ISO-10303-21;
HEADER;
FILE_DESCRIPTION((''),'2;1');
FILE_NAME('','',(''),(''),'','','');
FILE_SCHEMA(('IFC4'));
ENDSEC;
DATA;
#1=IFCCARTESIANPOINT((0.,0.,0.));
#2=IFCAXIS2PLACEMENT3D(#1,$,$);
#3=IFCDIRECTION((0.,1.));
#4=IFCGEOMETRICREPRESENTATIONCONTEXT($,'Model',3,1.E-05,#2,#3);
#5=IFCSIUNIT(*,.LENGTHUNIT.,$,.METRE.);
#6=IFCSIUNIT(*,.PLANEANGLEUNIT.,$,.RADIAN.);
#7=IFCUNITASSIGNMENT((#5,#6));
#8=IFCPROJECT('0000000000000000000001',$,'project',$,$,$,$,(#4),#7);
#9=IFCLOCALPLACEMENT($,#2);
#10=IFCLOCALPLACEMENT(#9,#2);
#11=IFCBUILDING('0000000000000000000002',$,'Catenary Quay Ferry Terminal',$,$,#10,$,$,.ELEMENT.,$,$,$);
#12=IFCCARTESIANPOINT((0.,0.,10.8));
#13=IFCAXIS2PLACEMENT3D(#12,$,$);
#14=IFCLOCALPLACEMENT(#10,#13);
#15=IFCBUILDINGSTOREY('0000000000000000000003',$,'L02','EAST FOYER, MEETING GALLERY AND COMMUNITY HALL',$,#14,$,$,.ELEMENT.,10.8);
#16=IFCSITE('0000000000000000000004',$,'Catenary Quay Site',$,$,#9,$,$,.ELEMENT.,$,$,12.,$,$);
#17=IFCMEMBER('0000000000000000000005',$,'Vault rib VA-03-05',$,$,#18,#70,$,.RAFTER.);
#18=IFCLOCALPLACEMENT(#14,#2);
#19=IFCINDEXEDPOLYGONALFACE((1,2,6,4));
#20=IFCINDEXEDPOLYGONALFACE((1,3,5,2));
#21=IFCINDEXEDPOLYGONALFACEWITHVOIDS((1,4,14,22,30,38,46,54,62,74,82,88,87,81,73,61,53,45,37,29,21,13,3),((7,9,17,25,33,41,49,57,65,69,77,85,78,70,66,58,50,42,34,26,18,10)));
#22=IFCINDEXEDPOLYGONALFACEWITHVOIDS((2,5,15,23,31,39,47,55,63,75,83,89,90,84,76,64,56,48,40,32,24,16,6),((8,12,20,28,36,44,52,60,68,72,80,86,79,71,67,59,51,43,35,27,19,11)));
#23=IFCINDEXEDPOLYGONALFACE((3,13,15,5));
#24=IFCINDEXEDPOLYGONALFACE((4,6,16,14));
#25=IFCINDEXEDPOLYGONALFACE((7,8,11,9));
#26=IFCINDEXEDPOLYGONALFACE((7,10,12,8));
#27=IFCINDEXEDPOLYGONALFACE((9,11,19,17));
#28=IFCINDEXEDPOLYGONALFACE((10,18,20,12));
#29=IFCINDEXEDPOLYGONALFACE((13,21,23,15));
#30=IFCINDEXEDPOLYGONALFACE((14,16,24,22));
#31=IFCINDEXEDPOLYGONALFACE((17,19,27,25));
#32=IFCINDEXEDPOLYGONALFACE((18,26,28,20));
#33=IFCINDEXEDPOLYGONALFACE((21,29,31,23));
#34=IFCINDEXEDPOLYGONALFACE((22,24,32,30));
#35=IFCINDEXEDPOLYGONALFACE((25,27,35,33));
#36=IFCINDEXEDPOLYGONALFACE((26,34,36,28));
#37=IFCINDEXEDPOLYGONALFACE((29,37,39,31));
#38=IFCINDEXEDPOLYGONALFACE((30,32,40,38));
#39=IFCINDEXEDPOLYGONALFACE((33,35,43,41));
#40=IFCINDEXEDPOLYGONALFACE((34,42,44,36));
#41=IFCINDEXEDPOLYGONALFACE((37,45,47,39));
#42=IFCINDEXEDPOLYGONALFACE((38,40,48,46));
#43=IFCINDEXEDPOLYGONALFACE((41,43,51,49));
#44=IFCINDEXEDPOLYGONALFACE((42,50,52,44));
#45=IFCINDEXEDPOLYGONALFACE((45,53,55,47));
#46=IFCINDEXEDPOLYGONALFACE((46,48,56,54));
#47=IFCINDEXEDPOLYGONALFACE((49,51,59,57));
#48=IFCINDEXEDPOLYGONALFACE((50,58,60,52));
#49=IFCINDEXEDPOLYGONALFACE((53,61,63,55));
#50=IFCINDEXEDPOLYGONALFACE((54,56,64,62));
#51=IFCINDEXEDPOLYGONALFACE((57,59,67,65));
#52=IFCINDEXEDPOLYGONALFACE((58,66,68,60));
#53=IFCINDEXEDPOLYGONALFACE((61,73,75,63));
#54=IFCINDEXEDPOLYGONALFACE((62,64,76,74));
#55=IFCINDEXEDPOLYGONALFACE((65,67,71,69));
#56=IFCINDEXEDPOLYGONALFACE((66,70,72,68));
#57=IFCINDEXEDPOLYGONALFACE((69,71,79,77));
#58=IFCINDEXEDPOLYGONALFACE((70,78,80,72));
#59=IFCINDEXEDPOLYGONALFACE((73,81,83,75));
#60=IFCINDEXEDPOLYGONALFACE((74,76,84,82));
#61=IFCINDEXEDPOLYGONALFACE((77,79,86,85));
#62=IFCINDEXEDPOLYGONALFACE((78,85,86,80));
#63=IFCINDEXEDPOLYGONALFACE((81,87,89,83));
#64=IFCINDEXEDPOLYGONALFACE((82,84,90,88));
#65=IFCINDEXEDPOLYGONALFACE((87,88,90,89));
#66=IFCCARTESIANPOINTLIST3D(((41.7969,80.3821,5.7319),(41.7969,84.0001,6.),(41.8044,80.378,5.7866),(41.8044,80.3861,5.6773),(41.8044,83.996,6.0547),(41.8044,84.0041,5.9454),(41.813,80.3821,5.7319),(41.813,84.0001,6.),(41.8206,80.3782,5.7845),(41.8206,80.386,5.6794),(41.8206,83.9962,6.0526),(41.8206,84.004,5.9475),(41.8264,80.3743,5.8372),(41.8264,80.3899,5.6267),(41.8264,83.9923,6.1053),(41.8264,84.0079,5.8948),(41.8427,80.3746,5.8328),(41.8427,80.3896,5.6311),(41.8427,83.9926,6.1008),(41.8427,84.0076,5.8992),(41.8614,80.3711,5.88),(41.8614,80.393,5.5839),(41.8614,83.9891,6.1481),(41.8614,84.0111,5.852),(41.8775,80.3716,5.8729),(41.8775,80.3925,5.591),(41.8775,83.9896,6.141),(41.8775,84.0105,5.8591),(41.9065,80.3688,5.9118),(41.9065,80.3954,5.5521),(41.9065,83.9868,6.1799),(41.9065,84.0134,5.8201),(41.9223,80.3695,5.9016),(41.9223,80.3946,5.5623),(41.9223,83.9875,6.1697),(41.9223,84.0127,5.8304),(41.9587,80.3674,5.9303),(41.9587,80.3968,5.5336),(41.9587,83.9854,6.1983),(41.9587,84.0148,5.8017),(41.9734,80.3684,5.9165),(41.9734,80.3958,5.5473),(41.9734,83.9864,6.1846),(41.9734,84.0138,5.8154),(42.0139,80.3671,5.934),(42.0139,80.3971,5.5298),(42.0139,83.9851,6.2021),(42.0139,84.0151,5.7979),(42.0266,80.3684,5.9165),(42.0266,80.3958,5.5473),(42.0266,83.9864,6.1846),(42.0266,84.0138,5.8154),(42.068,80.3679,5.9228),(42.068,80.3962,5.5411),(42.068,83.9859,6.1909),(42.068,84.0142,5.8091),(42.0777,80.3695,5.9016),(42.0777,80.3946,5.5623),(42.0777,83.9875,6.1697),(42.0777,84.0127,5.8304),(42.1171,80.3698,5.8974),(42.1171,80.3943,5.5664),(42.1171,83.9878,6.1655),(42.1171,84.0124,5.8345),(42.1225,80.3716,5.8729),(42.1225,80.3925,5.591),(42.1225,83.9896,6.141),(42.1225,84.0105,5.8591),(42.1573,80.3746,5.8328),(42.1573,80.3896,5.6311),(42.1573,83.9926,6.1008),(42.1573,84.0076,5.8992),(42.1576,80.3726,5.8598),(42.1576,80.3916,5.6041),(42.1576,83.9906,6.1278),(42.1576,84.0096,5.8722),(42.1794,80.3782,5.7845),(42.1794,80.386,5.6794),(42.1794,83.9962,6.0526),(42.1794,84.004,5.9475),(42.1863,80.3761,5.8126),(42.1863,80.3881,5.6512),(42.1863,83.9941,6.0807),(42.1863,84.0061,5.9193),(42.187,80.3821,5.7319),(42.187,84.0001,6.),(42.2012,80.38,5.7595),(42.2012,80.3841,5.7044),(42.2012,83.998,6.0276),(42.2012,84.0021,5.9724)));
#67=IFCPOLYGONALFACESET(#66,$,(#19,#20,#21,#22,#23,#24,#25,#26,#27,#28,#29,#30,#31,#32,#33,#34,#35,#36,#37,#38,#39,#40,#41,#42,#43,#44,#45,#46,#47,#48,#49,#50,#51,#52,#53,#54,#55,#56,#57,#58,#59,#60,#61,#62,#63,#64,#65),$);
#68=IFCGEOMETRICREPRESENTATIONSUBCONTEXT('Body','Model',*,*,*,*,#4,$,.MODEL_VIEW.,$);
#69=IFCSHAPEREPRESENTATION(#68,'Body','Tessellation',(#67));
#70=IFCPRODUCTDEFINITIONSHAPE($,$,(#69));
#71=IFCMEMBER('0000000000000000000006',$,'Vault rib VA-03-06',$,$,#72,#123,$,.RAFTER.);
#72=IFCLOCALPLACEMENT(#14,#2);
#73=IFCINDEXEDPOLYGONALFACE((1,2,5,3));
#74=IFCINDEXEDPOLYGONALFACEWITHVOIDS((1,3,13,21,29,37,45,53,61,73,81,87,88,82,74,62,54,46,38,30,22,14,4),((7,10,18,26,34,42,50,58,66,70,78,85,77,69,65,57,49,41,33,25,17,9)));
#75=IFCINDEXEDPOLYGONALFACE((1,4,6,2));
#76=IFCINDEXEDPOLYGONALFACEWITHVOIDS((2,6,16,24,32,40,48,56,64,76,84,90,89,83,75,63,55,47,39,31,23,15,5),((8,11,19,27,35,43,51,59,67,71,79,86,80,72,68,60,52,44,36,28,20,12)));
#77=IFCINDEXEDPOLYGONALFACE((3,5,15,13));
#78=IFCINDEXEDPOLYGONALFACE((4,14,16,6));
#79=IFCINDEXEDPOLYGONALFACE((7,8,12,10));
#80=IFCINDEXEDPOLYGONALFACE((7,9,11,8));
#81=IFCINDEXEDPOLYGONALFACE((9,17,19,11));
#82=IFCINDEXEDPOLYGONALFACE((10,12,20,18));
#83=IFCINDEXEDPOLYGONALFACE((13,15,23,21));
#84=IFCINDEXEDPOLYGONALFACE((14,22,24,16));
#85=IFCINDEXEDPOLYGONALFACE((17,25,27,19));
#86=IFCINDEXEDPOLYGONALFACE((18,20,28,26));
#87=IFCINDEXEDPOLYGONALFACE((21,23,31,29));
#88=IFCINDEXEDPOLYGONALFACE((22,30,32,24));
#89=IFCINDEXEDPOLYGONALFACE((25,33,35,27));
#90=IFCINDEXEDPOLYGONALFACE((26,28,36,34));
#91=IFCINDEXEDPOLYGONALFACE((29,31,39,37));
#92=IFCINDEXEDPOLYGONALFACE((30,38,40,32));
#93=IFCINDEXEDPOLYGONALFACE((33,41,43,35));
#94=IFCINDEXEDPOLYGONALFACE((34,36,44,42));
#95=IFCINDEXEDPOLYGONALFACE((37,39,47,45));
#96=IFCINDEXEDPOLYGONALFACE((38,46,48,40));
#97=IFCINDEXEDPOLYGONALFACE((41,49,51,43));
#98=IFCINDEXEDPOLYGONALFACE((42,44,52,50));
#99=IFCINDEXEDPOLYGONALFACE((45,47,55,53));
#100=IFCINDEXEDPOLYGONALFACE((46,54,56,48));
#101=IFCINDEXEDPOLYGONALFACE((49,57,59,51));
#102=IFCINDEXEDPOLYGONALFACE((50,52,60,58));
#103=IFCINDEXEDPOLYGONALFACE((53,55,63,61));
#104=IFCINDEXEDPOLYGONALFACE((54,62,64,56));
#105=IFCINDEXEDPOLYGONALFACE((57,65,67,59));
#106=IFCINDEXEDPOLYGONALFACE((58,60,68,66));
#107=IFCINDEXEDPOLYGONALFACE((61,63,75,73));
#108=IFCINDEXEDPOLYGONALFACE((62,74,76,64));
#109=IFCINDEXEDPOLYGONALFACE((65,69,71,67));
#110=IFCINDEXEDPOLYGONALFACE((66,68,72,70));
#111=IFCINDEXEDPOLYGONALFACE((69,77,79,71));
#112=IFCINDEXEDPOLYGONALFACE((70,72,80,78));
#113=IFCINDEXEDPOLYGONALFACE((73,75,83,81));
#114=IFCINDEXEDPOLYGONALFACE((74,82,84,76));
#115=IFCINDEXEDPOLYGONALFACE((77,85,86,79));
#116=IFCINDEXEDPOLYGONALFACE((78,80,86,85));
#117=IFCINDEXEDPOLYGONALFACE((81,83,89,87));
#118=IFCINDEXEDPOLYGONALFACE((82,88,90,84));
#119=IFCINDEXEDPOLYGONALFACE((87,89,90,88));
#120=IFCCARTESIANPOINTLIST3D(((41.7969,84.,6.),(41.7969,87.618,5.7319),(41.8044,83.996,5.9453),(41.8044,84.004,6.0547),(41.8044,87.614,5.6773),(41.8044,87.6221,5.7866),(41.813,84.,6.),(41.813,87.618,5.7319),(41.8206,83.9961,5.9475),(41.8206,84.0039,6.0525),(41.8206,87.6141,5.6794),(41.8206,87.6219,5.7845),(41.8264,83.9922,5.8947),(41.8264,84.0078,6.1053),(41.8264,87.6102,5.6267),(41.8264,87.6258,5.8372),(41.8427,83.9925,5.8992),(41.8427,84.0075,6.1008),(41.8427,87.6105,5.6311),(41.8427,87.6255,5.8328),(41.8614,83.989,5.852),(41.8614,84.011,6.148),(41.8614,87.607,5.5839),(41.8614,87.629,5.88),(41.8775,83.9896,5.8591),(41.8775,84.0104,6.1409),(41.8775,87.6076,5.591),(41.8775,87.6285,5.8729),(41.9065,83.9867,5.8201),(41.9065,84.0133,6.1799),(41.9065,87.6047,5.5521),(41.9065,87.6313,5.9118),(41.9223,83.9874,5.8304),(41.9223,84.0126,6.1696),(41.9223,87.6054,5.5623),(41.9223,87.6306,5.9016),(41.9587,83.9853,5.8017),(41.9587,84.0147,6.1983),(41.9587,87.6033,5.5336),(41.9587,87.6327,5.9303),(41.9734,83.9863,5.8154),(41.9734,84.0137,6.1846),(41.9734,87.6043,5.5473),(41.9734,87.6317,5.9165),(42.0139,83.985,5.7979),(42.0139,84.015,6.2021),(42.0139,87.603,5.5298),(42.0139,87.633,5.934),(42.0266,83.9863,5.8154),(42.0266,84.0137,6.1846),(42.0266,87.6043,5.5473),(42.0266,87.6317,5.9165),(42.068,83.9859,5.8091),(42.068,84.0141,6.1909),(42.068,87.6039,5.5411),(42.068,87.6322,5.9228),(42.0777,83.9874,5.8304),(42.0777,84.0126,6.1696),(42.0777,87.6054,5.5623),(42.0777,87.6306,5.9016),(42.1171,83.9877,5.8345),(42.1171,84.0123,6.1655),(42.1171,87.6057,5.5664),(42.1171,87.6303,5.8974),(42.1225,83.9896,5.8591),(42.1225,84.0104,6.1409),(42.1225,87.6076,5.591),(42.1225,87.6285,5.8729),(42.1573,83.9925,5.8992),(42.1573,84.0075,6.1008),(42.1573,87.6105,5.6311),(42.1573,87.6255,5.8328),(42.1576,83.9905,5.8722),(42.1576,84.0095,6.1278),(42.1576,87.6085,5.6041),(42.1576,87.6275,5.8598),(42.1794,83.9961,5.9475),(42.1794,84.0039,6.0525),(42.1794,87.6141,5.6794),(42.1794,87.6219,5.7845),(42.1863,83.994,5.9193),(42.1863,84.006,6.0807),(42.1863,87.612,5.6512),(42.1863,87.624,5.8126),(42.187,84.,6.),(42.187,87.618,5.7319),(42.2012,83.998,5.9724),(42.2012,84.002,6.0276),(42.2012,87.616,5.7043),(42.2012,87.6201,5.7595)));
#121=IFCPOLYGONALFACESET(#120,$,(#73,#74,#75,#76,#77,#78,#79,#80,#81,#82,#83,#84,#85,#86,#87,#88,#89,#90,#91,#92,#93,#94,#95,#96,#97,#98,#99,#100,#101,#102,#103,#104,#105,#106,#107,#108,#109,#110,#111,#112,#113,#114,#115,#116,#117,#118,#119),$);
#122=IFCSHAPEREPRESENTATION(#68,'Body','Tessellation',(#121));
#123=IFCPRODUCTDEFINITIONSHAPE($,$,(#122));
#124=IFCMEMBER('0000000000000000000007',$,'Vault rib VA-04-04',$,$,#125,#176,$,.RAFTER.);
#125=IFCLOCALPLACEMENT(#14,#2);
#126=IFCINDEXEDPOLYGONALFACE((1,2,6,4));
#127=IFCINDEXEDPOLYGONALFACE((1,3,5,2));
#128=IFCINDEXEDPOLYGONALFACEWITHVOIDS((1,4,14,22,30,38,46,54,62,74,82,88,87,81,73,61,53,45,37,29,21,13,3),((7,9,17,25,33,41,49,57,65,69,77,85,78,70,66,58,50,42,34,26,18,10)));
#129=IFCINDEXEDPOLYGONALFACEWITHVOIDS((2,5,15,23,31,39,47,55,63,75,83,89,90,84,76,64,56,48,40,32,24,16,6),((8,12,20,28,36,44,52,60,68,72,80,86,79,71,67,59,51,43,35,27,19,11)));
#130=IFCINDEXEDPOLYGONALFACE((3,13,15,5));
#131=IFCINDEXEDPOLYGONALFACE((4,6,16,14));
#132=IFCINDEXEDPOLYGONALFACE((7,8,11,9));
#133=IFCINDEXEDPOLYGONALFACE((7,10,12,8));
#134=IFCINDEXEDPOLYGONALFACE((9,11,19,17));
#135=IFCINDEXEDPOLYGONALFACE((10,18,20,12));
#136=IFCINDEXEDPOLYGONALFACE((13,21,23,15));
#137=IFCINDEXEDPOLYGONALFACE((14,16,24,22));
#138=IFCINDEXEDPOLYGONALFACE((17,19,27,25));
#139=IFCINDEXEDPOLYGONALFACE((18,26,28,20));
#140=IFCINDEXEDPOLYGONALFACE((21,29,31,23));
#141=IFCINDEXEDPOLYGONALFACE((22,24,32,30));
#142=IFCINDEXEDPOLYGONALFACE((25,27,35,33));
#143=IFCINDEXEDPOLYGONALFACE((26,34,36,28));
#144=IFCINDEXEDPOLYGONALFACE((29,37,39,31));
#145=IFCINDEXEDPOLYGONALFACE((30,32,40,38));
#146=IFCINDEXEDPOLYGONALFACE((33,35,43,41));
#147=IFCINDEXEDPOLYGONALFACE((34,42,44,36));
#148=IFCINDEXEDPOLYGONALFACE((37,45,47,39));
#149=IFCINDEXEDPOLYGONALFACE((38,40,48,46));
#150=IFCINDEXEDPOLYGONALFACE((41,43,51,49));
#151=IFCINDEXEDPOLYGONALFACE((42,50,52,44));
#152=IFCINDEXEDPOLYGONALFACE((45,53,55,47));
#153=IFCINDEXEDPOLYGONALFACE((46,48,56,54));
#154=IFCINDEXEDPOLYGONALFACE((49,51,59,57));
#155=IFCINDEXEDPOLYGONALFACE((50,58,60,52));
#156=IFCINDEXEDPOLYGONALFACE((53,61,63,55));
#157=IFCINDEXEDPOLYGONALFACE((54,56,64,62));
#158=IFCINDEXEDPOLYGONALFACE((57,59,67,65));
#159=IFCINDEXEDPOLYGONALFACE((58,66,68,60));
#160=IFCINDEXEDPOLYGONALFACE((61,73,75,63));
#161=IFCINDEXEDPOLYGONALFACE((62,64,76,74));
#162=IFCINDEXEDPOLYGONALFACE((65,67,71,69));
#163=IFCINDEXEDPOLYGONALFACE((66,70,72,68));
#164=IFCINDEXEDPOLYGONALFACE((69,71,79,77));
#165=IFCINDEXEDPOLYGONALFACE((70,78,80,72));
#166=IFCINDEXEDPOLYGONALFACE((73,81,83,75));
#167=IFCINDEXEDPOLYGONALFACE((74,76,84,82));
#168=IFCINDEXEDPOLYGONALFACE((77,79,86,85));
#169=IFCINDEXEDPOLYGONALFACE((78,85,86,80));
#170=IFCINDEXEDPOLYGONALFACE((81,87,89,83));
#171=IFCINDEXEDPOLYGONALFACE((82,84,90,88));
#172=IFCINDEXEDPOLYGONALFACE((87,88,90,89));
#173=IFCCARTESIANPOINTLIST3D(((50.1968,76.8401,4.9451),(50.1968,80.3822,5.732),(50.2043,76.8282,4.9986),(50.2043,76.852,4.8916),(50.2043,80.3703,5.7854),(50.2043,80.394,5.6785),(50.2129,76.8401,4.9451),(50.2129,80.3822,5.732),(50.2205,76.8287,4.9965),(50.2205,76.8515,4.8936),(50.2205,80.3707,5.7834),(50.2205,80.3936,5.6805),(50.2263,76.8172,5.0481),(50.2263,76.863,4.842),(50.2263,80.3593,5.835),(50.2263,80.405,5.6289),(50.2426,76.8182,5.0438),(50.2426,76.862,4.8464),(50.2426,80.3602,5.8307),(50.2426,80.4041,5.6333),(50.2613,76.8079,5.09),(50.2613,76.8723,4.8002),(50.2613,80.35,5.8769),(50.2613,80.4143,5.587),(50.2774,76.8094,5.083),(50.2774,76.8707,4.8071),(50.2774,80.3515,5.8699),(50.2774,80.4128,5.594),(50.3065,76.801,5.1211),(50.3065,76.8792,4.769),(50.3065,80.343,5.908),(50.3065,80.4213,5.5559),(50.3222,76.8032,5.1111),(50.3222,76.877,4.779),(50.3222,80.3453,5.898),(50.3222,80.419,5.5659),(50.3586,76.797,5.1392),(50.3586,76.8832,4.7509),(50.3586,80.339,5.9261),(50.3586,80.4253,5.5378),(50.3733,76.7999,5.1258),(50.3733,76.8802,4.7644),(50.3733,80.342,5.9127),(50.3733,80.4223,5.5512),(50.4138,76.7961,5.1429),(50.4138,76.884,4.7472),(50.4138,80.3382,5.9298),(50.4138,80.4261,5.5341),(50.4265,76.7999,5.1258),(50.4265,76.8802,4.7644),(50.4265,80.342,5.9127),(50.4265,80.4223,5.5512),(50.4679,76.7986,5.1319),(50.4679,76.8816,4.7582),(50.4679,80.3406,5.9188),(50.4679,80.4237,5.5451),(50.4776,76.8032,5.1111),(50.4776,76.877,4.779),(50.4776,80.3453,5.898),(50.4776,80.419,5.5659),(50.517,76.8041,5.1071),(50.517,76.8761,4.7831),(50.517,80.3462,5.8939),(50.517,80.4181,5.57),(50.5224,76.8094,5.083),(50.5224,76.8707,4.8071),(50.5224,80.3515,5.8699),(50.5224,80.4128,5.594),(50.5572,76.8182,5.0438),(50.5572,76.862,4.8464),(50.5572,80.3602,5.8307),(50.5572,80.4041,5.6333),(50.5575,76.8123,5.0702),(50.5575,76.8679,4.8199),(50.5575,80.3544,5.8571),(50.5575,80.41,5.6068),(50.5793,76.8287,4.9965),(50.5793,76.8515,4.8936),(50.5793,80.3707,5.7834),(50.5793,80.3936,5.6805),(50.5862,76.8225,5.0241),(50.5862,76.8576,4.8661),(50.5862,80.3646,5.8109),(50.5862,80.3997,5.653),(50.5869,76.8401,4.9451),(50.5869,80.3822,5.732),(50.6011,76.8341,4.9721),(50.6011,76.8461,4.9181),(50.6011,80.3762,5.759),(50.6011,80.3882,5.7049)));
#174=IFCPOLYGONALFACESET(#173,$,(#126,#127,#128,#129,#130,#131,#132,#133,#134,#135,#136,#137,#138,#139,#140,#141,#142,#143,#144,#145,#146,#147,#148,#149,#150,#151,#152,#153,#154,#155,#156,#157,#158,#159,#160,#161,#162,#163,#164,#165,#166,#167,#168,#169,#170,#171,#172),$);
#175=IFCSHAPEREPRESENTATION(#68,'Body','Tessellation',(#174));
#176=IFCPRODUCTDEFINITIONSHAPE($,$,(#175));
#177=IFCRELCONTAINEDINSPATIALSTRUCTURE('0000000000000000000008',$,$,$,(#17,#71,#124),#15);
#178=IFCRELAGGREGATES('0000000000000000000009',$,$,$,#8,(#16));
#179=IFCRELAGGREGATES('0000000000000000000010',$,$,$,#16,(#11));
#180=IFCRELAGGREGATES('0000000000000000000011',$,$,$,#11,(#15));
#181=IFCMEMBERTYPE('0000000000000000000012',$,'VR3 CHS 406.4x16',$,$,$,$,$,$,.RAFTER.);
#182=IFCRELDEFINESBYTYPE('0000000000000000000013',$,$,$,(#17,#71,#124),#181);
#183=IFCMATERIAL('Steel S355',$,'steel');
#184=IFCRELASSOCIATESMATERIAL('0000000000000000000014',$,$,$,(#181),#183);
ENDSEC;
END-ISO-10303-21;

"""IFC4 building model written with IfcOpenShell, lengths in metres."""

from ifc_helpers import new_model, si_unit, direction, frame, origin, origin_2d, place, context, subcontext, project, spatial, hollow_circle, extrude, material, material_profile, profile_set, type_object, element, save


model = new_model("IFC4")

# Units and contexts
model_context = context("Model", 3, precision=1e-05, world=origin(), true_north=direction((0.0, 1.0)))
body_context = subcontext(model_context, "Body", "Model", "MODEL_VIEW")
ifc_project = project(units=[si_unit("LENGTHUNIT", "METRE"), si_unit("PLANEANGLEUNIT", "RADIAN")], contexts=[model_context])

# Site, building, storey
site_placement = place(None, origin())
site = spatial("IfcSite", under=ifc_project, at=site_placement, Name="Catenary Quay Site", CompositionType="ELEMENT", RefElevation=12.0)
building_placement = place(site_placement, origin())
building = spatial("IfcBuilding", under=site, at=building_placement, Name="Catenary Quay Ferry Terminal", CompositionType="ELEMENT")
storey_placement = place(building_placement, frame((0.0, 0.0, 10.8)))
storey = spatial("IfcBuildingStorey", under=building, at=storey_placement, Name="L02", Description="EAST FOYER, MEETING GALLERY AND COMMUNITY HALL", CompositionType="ELEMENT", Elevation=10.8)

# Members
ifc_material_1 = material(Name="Steel S355", Category="steel")
ifc_material_profile_1 = material_profile(ifc_material_1, hollow_circle(Radius=0.2031, WallThickness=0.0161, at=origin_2d()), Name="CHS 406.4x16")
ifc_profile_set_1 = profile_set([ifc_material_profile_1], Name="Steel S355")
member_type_1 = type_object("IfcMemberType", Name="VR3 CHS 406.4x16", PredefinedType="RAFTER", material=ifc_profile_set_1)
for number, where, z_axis, x_axis, name in (
    (1, (42.0, 80.3821, 5.7319), (0.0, 0.997266, 0.073892), (-1.0, 0.0, 0.0), "Vault rib VA-03-05"),
    (2, (42.0, 84.0, 6.0), (0.0, 0.997266, -0.073892), (-1.0, 0.0, 0.0), "Vault rib VA-03-06"),
):
    element("IfcMember", number, at=place(storey_placement, frame(where, z_axis=z_axis, x_axis=x_axis)), inside=storey, type_object=member_type_1, Name=name, PredefinedType="RAFTER", context=body_context, shape_type="SweptSolid", body=[
        extrude(hollow_circle(Radius=0.2031, WallThickness=0.0161, at=origin_2d()), origin(), (0.0, 0.0, 1.0), 3.6279),
    ])
member_1_placement = place(storey_placement, frame((50.3999, 76.8401, 4.9451), z_axis=(0.0, 0.976201, 0.216866), x_axis=(-1.0, 0.0, 0.0)))
element("IfcMember", 3, at=member_1_placement, inside=storey, type_object=member_type_1, Name="Vault rib VA-04-04", PredefinedType="RAFTER", context=body_context, shape_type="SweptSolid", body=[
    extrude(hollow_circle(Radius=0.2031, WallThickness=0.0161, at=origin_2d()), origin(), (0.0, 0.0, 1.0), 3.6284),
])

save(model, "model.ifc")
